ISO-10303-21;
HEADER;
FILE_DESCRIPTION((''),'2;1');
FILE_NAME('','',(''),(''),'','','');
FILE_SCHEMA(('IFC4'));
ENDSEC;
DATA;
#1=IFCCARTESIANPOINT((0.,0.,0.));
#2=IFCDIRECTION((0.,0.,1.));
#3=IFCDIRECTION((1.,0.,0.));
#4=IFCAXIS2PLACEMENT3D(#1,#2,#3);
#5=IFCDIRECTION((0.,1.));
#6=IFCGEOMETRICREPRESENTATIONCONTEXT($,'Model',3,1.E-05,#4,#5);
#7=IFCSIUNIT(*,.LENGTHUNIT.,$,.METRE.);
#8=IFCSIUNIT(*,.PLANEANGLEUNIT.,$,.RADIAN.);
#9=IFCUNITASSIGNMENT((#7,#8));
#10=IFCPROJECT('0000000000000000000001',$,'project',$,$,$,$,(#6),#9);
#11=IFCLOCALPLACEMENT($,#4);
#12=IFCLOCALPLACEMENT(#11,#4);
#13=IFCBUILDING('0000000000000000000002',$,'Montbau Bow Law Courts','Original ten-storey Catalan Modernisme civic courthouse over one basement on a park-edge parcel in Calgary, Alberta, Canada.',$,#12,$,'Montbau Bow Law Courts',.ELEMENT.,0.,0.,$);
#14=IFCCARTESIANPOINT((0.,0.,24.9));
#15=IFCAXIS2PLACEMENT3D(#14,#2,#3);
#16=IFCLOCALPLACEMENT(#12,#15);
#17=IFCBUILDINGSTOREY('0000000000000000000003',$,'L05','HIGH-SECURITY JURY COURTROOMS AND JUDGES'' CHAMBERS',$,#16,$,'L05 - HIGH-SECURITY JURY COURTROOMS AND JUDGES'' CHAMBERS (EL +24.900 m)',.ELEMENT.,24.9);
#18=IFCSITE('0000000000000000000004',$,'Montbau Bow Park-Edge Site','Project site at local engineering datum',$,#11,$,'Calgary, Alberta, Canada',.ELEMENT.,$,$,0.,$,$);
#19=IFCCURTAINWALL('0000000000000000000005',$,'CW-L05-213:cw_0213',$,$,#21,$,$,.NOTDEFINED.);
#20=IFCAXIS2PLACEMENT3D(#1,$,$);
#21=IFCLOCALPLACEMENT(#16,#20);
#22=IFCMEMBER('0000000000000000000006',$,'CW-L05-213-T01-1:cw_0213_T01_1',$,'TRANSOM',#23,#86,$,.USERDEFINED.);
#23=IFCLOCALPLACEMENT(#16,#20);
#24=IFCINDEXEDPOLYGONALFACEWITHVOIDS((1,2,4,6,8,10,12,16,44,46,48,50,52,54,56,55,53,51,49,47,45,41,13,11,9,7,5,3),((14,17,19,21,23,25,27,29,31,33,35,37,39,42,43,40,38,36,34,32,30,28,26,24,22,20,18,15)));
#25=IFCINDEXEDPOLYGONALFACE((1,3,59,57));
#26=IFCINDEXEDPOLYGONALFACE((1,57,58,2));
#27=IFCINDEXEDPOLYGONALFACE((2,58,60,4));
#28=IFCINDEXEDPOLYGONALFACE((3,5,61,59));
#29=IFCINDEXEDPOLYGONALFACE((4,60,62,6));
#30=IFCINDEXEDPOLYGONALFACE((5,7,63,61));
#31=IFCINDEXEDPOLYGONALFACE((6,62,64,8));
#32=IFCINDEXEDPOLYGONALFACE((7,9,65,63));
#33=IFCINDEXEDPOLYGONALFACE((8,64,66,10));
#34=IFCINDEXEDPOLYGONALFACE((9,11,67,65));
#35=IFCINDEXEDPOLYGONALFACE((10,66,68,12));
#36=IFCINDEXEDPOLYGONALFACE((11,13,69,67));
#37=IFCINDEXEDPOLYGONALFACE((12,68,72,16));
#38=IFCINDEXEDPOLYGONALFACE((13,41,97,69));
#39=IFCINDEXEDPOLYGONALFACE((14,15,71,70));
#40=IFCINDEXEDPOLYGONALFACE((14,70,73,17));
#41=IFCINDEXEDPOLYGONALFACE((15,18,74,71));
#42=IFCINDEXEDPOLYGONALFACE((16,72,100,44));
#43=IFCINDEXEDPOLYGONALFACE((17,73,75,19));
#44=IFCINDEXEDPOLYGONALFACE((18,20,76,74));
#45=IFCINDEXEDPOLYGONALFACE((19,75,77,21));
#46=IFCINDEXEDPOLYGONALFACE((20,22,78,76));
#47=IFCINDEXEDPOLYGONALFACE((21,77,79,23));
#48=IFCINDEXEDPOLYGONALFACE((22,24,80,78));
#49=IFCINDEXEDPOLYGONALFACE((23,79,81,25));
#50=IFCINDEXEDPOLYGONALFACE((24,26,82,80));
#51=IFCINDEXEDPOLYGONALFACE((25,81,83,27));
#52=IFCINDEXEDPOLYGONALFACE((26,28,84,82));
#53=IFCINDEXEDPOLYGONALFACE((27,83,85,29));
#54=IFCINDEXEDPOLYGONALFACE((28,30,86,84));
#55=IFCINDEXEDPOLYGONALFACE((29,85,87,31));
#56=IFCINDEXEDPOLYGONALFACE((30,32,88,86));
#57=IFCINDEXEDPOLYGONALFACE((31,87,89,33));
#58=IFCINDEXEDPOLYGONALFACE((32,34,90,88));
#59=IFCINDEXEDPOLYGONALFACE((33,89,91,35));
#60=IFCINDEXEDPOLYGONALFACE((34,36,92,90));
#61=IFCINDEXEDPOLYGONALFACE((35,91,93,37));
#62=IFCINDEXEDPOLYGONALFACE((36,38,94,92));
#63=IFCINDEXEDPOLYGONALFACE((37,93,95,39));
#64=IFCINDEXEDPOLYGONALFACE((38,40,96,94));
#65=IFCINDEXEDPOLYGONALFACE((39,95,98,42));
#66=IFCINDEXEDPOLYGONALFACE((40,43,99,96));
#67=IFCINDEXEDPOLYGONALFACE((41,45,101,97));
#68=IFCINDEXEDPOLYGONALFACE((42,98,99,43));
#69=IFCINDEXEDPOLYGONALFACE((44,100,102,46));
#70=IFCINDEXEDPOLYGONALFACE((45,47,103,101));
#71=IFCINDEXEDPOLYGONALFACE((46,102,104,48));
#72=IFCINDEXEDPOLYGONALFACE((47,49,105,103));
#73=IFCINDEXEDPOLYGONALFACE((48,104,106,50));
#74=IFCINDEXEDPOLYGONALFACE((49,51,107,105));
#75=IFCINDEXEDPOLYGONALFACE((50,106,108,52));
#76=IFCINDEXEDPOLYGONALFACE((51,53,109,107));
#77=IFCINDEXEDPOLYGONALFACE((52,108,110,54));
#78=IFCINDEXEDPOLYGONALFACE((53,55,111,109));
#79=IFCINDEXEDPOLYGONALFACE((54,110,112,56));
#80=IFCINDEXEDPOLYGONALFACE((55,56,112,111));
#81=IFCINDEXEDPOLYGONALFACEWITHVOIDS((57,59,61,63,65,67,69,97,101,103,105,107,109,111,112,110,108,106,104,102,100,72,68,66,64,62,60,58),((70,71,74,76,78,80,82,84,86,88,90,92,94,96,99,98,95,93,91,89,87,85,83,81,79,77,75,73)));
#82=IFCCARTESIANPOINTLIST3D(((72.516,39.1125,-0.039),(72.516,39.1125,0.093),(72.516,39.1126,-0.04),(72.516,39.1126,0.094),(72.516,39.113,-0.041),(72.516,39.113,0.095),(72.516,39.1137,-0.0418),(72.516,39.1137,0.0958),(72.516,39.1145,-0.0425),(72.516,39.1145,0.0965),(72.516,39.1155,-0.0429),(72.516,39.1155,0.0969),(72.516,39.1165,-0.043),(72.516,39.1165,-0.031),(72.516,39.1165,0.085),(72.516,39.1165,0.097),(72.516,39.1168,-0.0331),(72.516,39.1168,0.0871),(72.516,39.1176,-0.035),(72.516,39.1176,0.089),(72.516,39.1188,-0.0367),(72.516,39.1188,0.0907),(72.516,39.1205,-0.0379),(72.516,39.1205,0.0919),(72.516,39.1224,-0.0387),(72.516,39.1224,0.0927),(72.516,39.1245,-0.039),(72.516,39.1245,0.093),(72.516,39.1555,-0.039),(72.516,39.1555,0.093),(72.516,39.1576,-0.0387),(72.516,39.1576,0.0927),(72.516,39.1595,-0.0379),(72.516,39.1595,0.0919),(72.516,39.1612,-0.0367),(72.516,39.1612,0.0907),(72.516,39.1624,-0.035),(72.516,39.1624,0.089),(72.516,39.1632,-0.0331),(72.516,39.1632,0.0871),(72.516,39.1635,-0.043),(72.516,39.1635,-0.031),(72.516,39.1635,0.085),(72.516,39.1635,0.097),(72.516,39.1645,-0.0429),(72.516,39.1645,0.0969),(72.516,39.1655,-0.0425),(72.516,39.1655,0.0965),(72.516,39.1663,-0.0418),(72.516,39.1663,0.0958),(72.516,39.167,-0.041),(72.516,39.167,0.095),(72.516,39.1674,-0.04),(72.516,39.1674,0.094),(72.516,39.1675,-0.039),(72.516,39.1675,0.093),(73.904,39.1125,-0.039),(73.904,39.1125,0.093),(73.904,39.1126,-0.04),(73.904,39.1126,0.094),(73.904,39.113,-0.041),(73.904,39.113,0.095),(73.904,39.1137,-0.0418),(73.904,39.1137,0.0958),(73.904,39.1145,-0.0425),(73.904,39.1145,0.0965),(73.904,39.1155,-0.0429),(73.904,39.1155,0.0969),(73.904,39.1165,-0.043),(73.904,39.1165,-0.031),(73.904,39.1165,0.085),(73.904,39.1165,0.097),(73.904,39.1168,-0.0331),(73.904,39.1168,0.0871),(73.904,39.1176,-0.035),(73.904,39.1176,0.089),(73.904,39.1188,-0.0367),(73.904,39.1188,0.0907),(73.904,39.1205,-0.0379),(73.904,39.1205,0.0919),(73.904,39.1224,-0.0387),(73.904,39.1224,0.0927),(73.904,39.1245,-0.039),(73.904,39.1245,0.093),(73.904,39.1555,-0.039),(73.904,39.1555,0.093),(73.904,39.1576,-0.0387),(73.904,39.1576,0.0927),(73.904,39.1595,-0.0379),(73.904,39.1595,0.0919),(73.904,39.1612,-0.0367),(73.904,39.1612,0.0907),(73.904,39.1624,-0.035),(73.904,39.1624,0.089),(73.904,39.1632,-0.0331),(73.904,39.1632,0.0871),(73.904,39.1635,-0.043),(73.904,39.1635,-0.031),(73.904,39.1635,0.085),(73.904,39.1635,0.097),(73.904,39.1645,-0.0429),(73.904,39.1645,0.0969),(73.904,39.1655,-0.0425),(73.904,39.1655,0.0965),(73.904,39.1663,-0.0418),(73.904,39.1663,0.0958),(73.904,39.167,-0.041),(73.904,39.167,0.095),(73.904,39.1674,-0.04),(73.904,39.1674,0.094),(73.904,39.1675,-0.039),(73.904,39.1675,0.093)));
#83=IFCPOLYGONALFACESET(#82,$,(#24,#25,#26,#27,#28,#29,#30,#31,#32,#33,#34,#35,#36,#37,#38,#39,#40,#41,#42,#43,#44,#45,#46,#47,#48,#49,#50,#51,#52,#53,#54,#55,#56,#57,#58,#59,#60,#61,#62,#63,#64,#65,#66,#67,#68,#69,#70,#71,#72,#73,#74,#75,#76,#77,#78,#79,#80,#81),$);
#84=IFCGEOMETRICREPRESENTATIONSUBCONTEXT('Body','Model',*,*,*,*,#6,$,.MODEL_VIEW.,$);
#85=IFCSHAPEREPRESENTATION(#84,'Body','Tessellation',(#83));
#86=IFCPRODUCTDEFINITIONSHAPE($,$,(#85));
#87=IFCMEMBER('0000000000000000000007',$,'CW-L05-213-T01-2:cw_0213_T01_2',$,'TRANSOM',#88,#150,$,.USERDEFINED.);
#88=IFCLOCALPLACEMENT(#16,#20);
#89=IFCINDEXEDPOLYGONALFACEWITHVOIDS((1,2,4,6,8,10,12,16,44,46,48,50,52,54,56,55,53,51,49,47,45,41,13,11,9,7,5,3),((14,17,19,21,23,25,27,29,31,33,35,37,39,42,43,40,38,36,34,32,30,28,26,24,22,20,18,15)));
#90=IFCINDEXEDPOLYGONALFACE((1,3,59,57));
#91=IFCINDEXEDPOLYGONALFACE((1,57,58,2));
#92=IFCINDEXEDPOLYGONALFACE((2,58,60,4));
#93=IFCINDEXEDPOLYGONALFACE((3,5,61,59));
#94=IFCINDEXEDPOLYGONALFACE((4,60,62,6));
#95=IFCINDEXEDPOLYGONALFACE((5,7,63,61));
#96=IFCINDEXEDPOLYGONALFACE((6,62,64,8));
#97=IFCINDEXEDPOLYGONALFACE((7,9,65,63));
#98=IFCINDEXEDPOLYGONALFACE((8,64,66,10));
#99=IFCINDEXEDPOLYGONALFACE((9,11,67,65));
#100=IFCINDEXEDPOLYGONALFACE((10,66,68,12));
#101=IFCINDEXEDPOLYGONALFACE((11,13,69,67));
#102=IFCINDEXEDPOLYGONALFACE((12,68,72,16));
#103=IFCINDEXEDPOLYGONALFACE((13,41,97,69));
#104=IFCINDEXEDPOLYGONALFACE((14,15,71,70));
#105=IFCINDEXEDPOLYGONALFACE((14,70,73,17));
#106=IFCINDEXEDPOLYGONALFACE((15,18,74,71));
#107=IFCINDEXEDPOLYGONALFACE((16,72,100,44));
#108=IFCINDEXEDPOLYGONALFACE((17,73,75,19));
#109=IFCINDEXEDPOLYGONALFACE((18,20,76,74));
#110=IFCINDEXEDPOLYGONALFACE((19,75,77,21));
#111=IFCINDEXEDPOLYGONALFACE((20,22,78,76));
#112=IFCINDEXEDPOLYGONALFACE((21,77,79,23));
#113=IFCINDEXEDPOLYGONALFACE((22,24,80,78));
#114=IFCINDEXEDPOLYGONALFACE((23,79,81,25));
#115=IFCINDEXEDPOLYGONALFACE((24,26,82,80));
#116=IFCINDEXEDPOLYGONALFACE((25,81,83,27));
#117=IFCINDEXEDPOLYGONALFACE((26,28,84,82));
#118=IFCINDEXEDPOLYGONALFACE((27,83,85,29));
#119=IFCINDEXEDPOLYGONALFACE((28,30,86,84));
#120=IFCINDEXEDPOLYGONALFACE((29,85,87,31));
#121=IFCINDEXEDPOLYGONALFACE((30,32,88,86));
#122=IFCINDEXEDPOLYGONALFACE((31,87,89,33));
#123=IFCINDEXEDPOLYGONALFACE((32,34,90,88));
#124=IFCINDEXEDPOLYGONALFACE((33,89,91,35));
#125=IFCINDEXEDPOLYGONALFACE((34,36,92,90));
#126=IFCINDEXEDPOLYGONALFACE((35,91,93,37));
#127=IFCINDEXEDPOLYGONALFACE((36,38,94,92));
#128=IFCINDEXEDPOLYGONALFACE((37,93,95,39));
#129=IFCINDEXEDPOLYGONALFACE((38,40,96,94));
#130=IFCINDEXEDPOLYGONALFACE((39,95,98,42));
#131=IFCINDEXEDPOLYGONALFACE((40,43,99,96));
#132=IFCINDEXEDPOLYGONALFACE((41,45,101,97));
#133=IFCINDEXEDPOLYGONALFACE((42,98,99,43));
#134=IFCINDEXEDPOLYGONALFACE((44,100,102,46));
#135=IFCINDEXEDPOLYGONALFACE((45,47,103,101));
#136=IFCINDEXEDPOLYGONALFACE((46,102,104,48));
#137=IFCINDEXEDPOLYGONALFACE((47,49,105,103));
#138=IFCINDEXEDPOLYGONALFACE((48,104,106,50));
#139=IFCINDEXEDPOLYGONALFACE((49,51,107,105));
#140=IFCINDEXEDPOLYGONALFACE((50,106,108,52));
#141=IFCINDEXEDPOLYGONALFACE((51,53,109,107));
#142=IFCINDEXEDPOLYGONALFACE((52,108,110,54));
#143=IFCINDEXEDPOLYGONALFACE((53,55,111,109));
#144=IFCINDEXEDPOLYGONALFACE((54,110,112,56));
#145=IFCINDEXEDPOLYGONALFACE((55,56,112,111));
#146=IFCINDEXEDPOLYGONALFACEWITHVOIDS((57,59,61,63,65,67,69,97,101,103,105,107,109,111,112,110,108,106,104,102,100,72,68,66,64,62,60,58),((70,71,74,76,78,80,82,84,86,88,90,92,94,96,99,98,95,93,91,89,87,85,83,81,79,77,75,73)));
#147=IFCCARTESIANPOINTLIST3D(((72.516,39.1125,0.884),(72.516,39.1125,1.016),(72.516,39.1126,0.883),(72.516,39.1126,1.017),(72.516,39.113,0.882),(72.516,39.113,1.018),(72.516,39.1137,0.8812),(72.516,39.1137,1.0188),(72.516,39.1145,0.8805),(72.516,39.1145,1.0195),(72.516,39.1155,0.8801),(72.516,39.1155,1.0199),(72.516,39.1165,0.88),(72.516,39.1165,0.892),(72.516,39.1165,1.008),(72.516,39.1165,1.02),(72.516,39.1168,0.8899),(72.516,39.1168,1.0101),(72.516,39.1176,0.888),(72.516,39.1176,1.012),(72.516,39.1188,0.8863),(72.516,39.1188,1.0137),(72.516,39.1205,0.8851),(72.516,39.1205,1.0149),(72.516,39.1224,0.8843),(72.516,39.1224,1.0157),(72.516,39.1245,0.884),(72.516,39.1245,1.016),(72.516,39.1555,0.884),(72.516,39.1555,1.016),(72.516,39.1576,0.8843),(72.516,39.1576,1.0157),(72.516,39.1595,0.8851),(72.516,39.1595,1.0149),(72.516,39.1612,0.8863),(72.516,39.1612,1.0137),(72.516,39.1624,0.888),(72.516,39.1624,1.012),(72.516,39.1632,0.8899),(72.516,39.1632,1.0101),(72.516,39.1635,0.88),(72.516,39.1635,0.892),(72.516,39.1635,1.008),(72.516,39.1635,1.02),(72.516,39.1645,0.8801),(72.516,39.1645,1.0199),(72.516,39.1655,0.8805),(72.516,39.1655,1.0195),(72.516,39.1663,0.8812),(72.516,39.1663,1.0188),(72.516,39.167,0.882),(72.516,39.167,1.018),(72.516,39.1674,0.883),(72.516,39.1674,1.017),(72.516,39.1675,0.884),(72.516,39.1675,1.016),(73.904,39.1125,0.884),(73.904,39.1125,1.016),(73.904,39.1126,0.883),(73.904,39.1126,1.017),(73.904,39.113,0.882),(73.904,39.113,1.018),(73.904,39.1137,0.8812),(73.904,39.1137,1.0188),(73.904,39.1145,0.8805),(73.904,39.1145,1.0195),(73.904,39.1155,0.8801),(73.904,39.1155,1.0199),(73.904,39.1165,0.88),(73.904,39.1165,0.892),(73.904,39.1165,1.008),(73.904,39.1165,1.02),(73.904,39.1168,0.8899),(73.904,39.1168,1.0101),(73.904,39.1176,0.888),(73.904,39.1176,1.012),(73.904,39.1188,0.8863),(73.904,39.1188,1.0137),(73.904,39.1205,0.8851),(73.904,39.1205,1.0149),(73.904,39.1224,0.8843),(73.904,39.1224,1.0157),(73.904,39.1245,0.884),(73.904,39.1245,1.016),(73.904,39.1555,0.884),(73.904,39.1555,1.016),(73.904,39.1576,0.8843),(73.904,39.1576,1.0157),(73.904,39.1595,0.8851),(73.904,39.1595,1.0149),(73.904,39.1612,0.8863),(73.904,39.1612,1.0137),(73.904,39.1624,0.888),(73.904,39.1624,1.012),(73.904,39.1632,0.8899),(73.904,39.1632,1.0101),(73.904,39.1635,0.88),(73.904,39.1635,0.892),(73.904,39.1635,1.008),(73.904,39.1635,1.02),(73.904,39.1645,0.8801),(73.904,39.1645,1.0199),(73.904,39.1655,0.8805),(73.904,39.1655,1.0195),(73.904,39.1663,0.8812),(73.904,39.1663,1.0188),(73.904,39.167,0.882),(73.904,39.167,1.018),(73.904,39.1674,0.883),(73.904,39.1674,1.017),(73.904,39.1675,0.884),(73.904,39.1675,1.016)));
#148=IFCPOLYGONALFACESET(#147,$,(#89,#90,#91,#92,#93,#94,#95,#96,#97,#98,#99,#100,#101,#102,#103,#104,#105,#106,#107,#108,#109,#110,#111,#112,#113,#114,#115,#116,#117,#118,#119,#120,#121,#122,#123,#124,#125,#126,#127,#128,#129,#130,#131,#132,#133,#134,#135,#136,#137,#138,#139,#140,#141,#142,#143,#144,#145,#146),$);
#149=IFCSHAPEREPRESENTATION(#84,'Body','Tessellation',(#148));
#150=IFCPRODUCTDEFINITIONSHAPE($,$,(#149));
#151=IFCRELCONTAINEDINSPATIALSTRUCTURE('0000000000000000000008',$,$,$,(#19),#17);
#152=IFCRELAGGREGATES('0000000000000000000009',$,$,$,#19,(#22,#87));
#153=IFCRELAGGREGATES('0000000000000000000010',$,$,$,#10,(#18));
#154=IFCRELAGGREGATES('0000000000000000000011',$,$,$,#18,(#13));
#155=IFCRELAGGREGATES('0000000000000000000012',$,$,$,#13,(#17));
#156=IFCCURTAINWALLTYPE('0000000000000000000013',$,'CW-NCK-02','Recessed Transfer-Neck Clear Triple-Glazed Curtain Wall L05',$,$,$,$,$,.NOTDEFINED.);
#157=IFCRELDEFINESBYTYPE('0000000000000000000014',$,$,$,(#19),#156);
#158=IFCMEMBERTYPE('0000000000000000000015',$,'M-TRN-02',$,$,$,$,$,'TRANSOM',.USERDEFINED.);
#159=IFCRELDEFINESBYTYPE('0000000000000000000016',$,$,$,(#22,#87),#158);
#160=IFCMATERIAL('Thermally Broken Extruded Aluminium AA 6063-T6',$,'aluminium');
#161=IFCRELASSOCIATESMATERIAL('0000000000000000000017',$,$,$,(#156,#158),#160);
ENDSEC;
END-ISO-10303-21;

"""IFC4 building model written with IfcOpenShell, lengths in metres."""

from ifc_helpers import new_model, si_unit, direction, frame, origin_with_axes, origin_2d_with_axis, place, context, subcontext, project, spatial, hollow_rectangle, extrude, material, material_profile, profile_set, type_object, element, aggregate, save


model = new_model("IFC4")

# Units and contexts
model_context = context("Model", 3, precision=1e-05, world=origin_with_axes(), true_north=direction((0.0, 1.0)))
body_context = subcontext(model_context, "Body", "Model", "MODEL_VIEW")
ifc_project = project(units=[si_unit("LENGTHUNIT", "METRE"), si_unit("PLANEANGLEUNIT", "RADIAN")], contexts=[model_context])

# Site, building, storey
site_placement = place(None, origin_with_axes())
site = spatial("IfcSite", under=ifc_project, at=site_placement, Name="Montbau Bow Park-Edge Site", Description="Project site at local engineering datum", LongName="Calgary, Alberta, Canada", CompositionType="ELEMENT", RefElevation=0.0)
building_placement = place(site_placement, origin_with_axes())
building = spatial("IfcBuilding", under=site, at=building_placement, Name="Montbau Bow Law Courts", Description="Original ten-storey Catalan Modernisme civic courthouse over one basement on a park-edge parcel in Calgary, Alberta, Canada.", LongName="Montbau Bow Law Courts", CompositionType="ELEMENT", ElevationOfRefHeight=0.0, ElevationOfTerrain=0.0)
storey_placement = place(building_placement, frame((0.0, 0.0, 24.9), z_axis=(0.0, 0.0, 1.0), x_axis=(1.0, 0.0, 0.0)))
storey = spatial("IfcBuildingStorey", under=building, at=storey_placement, Name="L05", Description="HIGH-SECURITY JURY COURTROOMS AND JUDGES' CHAMBERS", LongName="L05 - HIGH-SECURITY JURY COURTROOMS AND JUDGES' CHAMBERS (EL +24.900 m)", CompositionType="ELEMENT", Elevation=24.9)

# Curtain wall, members
ifc_material_1 = material(Name="Thermally Broken Extruded Aluminium AA 6063-T6", Category="aluminium")
curtain_wall_type = type_object("IfcCurtainWallType", Name="CW-NCK-02", Description="Recessed Transfer-Neck Clear Triple-Glazed Curtain Wall L05", PredefinedType="NOTDEFINED", material=ifc_material_1)
curtain_wall_placement = place(None, frame((72.44, 39.14, 24.9), z_axis=(0.0, 0.0, 1.0), x_axis=(1.0, 0.0, 0.0)))
curtain_wall = element("IfcCurtainWall", 1, at=curtain_wall_placement, inside=storey, type_object=curtain_wall_type, Name="CW-L05-213:cw_0213", PredefinedType="NOTDEFINED")
ifc_material_profile_1 = material_profile(ifc_material_1, hollow_rectangle(XDim=0.055, YDim=0.14, WallThickness=0.004, InnerFilletRadius=0.008, OuterFilletRadius=0.004, at=origin_2d_with_axis()), Name="CWT-140X55", Category="Main", Priority=0)
ifc_profile_set_1 = profile_set([ifc_material_profile_1], Name="Thermally Broken Extruded Aluminium AA 6063-T6")
member_type_1 = type_object("IfcMemberType", Name="M-TRN-02", ElementType="TRANSOM", PredefinedType="USERDEFINED", material=ifc_profile_set_1)
member_1_placement = place(None, frame((72.516, 39.14, 24.927), z_axis=(1.0, 0.0, 0.0), x_axis=(0.0, 1.0, 0.0)))
member_1 = element("IfcMember", 2, at=member_1_placement, type_object=member_type_1, Name="CW-L05-213-T01-1:cw_0213_T01_1", ObjectType="TRANSOM", PredefinedType="USERDEFINED", context=body_context, shape_type="SweptSolid", body=[
    extrude(hollow_rectangle(XDim=0.055, YDim=0.14, WallThickness=0.004, InnerFilletRadius=0.008, OuterFilletRadius=0.004, at=origin_2d_with_axis()), origin_with_axes(), (0.0, 0.0, 1.0), 1.388),
])
member_2_placement = place(None, frame((72.516, 39.14, 25.85), z_axis=(1.0, 0.0, 0.0), x_axis=(0.0, 1.0, 0.0)))
member_2 = element("IfcMember", 3, at=member_2_placement, type_object=member_type_1, Name="CW-L05-213-T01-2:cw_0213_T01_2", ObjectType="TRANSOM", PredefinedType="USERDEFINED", context=body_context, shape_type="SweptSolid", body=[
    extrude(hollow_rectangle(XDim=0.055, YDim=0.14, WallThickness=0.004, InnerFilletRadius=0.008, OuterFilletRadius=0.004, at=origin_2d_with_axis()), origin_with_axes(), (0.0, 0.0, 1.0), 1.388),
])
aggregate(curtain_wall, [member_1, member_2])

save(model, "model.ifc")
